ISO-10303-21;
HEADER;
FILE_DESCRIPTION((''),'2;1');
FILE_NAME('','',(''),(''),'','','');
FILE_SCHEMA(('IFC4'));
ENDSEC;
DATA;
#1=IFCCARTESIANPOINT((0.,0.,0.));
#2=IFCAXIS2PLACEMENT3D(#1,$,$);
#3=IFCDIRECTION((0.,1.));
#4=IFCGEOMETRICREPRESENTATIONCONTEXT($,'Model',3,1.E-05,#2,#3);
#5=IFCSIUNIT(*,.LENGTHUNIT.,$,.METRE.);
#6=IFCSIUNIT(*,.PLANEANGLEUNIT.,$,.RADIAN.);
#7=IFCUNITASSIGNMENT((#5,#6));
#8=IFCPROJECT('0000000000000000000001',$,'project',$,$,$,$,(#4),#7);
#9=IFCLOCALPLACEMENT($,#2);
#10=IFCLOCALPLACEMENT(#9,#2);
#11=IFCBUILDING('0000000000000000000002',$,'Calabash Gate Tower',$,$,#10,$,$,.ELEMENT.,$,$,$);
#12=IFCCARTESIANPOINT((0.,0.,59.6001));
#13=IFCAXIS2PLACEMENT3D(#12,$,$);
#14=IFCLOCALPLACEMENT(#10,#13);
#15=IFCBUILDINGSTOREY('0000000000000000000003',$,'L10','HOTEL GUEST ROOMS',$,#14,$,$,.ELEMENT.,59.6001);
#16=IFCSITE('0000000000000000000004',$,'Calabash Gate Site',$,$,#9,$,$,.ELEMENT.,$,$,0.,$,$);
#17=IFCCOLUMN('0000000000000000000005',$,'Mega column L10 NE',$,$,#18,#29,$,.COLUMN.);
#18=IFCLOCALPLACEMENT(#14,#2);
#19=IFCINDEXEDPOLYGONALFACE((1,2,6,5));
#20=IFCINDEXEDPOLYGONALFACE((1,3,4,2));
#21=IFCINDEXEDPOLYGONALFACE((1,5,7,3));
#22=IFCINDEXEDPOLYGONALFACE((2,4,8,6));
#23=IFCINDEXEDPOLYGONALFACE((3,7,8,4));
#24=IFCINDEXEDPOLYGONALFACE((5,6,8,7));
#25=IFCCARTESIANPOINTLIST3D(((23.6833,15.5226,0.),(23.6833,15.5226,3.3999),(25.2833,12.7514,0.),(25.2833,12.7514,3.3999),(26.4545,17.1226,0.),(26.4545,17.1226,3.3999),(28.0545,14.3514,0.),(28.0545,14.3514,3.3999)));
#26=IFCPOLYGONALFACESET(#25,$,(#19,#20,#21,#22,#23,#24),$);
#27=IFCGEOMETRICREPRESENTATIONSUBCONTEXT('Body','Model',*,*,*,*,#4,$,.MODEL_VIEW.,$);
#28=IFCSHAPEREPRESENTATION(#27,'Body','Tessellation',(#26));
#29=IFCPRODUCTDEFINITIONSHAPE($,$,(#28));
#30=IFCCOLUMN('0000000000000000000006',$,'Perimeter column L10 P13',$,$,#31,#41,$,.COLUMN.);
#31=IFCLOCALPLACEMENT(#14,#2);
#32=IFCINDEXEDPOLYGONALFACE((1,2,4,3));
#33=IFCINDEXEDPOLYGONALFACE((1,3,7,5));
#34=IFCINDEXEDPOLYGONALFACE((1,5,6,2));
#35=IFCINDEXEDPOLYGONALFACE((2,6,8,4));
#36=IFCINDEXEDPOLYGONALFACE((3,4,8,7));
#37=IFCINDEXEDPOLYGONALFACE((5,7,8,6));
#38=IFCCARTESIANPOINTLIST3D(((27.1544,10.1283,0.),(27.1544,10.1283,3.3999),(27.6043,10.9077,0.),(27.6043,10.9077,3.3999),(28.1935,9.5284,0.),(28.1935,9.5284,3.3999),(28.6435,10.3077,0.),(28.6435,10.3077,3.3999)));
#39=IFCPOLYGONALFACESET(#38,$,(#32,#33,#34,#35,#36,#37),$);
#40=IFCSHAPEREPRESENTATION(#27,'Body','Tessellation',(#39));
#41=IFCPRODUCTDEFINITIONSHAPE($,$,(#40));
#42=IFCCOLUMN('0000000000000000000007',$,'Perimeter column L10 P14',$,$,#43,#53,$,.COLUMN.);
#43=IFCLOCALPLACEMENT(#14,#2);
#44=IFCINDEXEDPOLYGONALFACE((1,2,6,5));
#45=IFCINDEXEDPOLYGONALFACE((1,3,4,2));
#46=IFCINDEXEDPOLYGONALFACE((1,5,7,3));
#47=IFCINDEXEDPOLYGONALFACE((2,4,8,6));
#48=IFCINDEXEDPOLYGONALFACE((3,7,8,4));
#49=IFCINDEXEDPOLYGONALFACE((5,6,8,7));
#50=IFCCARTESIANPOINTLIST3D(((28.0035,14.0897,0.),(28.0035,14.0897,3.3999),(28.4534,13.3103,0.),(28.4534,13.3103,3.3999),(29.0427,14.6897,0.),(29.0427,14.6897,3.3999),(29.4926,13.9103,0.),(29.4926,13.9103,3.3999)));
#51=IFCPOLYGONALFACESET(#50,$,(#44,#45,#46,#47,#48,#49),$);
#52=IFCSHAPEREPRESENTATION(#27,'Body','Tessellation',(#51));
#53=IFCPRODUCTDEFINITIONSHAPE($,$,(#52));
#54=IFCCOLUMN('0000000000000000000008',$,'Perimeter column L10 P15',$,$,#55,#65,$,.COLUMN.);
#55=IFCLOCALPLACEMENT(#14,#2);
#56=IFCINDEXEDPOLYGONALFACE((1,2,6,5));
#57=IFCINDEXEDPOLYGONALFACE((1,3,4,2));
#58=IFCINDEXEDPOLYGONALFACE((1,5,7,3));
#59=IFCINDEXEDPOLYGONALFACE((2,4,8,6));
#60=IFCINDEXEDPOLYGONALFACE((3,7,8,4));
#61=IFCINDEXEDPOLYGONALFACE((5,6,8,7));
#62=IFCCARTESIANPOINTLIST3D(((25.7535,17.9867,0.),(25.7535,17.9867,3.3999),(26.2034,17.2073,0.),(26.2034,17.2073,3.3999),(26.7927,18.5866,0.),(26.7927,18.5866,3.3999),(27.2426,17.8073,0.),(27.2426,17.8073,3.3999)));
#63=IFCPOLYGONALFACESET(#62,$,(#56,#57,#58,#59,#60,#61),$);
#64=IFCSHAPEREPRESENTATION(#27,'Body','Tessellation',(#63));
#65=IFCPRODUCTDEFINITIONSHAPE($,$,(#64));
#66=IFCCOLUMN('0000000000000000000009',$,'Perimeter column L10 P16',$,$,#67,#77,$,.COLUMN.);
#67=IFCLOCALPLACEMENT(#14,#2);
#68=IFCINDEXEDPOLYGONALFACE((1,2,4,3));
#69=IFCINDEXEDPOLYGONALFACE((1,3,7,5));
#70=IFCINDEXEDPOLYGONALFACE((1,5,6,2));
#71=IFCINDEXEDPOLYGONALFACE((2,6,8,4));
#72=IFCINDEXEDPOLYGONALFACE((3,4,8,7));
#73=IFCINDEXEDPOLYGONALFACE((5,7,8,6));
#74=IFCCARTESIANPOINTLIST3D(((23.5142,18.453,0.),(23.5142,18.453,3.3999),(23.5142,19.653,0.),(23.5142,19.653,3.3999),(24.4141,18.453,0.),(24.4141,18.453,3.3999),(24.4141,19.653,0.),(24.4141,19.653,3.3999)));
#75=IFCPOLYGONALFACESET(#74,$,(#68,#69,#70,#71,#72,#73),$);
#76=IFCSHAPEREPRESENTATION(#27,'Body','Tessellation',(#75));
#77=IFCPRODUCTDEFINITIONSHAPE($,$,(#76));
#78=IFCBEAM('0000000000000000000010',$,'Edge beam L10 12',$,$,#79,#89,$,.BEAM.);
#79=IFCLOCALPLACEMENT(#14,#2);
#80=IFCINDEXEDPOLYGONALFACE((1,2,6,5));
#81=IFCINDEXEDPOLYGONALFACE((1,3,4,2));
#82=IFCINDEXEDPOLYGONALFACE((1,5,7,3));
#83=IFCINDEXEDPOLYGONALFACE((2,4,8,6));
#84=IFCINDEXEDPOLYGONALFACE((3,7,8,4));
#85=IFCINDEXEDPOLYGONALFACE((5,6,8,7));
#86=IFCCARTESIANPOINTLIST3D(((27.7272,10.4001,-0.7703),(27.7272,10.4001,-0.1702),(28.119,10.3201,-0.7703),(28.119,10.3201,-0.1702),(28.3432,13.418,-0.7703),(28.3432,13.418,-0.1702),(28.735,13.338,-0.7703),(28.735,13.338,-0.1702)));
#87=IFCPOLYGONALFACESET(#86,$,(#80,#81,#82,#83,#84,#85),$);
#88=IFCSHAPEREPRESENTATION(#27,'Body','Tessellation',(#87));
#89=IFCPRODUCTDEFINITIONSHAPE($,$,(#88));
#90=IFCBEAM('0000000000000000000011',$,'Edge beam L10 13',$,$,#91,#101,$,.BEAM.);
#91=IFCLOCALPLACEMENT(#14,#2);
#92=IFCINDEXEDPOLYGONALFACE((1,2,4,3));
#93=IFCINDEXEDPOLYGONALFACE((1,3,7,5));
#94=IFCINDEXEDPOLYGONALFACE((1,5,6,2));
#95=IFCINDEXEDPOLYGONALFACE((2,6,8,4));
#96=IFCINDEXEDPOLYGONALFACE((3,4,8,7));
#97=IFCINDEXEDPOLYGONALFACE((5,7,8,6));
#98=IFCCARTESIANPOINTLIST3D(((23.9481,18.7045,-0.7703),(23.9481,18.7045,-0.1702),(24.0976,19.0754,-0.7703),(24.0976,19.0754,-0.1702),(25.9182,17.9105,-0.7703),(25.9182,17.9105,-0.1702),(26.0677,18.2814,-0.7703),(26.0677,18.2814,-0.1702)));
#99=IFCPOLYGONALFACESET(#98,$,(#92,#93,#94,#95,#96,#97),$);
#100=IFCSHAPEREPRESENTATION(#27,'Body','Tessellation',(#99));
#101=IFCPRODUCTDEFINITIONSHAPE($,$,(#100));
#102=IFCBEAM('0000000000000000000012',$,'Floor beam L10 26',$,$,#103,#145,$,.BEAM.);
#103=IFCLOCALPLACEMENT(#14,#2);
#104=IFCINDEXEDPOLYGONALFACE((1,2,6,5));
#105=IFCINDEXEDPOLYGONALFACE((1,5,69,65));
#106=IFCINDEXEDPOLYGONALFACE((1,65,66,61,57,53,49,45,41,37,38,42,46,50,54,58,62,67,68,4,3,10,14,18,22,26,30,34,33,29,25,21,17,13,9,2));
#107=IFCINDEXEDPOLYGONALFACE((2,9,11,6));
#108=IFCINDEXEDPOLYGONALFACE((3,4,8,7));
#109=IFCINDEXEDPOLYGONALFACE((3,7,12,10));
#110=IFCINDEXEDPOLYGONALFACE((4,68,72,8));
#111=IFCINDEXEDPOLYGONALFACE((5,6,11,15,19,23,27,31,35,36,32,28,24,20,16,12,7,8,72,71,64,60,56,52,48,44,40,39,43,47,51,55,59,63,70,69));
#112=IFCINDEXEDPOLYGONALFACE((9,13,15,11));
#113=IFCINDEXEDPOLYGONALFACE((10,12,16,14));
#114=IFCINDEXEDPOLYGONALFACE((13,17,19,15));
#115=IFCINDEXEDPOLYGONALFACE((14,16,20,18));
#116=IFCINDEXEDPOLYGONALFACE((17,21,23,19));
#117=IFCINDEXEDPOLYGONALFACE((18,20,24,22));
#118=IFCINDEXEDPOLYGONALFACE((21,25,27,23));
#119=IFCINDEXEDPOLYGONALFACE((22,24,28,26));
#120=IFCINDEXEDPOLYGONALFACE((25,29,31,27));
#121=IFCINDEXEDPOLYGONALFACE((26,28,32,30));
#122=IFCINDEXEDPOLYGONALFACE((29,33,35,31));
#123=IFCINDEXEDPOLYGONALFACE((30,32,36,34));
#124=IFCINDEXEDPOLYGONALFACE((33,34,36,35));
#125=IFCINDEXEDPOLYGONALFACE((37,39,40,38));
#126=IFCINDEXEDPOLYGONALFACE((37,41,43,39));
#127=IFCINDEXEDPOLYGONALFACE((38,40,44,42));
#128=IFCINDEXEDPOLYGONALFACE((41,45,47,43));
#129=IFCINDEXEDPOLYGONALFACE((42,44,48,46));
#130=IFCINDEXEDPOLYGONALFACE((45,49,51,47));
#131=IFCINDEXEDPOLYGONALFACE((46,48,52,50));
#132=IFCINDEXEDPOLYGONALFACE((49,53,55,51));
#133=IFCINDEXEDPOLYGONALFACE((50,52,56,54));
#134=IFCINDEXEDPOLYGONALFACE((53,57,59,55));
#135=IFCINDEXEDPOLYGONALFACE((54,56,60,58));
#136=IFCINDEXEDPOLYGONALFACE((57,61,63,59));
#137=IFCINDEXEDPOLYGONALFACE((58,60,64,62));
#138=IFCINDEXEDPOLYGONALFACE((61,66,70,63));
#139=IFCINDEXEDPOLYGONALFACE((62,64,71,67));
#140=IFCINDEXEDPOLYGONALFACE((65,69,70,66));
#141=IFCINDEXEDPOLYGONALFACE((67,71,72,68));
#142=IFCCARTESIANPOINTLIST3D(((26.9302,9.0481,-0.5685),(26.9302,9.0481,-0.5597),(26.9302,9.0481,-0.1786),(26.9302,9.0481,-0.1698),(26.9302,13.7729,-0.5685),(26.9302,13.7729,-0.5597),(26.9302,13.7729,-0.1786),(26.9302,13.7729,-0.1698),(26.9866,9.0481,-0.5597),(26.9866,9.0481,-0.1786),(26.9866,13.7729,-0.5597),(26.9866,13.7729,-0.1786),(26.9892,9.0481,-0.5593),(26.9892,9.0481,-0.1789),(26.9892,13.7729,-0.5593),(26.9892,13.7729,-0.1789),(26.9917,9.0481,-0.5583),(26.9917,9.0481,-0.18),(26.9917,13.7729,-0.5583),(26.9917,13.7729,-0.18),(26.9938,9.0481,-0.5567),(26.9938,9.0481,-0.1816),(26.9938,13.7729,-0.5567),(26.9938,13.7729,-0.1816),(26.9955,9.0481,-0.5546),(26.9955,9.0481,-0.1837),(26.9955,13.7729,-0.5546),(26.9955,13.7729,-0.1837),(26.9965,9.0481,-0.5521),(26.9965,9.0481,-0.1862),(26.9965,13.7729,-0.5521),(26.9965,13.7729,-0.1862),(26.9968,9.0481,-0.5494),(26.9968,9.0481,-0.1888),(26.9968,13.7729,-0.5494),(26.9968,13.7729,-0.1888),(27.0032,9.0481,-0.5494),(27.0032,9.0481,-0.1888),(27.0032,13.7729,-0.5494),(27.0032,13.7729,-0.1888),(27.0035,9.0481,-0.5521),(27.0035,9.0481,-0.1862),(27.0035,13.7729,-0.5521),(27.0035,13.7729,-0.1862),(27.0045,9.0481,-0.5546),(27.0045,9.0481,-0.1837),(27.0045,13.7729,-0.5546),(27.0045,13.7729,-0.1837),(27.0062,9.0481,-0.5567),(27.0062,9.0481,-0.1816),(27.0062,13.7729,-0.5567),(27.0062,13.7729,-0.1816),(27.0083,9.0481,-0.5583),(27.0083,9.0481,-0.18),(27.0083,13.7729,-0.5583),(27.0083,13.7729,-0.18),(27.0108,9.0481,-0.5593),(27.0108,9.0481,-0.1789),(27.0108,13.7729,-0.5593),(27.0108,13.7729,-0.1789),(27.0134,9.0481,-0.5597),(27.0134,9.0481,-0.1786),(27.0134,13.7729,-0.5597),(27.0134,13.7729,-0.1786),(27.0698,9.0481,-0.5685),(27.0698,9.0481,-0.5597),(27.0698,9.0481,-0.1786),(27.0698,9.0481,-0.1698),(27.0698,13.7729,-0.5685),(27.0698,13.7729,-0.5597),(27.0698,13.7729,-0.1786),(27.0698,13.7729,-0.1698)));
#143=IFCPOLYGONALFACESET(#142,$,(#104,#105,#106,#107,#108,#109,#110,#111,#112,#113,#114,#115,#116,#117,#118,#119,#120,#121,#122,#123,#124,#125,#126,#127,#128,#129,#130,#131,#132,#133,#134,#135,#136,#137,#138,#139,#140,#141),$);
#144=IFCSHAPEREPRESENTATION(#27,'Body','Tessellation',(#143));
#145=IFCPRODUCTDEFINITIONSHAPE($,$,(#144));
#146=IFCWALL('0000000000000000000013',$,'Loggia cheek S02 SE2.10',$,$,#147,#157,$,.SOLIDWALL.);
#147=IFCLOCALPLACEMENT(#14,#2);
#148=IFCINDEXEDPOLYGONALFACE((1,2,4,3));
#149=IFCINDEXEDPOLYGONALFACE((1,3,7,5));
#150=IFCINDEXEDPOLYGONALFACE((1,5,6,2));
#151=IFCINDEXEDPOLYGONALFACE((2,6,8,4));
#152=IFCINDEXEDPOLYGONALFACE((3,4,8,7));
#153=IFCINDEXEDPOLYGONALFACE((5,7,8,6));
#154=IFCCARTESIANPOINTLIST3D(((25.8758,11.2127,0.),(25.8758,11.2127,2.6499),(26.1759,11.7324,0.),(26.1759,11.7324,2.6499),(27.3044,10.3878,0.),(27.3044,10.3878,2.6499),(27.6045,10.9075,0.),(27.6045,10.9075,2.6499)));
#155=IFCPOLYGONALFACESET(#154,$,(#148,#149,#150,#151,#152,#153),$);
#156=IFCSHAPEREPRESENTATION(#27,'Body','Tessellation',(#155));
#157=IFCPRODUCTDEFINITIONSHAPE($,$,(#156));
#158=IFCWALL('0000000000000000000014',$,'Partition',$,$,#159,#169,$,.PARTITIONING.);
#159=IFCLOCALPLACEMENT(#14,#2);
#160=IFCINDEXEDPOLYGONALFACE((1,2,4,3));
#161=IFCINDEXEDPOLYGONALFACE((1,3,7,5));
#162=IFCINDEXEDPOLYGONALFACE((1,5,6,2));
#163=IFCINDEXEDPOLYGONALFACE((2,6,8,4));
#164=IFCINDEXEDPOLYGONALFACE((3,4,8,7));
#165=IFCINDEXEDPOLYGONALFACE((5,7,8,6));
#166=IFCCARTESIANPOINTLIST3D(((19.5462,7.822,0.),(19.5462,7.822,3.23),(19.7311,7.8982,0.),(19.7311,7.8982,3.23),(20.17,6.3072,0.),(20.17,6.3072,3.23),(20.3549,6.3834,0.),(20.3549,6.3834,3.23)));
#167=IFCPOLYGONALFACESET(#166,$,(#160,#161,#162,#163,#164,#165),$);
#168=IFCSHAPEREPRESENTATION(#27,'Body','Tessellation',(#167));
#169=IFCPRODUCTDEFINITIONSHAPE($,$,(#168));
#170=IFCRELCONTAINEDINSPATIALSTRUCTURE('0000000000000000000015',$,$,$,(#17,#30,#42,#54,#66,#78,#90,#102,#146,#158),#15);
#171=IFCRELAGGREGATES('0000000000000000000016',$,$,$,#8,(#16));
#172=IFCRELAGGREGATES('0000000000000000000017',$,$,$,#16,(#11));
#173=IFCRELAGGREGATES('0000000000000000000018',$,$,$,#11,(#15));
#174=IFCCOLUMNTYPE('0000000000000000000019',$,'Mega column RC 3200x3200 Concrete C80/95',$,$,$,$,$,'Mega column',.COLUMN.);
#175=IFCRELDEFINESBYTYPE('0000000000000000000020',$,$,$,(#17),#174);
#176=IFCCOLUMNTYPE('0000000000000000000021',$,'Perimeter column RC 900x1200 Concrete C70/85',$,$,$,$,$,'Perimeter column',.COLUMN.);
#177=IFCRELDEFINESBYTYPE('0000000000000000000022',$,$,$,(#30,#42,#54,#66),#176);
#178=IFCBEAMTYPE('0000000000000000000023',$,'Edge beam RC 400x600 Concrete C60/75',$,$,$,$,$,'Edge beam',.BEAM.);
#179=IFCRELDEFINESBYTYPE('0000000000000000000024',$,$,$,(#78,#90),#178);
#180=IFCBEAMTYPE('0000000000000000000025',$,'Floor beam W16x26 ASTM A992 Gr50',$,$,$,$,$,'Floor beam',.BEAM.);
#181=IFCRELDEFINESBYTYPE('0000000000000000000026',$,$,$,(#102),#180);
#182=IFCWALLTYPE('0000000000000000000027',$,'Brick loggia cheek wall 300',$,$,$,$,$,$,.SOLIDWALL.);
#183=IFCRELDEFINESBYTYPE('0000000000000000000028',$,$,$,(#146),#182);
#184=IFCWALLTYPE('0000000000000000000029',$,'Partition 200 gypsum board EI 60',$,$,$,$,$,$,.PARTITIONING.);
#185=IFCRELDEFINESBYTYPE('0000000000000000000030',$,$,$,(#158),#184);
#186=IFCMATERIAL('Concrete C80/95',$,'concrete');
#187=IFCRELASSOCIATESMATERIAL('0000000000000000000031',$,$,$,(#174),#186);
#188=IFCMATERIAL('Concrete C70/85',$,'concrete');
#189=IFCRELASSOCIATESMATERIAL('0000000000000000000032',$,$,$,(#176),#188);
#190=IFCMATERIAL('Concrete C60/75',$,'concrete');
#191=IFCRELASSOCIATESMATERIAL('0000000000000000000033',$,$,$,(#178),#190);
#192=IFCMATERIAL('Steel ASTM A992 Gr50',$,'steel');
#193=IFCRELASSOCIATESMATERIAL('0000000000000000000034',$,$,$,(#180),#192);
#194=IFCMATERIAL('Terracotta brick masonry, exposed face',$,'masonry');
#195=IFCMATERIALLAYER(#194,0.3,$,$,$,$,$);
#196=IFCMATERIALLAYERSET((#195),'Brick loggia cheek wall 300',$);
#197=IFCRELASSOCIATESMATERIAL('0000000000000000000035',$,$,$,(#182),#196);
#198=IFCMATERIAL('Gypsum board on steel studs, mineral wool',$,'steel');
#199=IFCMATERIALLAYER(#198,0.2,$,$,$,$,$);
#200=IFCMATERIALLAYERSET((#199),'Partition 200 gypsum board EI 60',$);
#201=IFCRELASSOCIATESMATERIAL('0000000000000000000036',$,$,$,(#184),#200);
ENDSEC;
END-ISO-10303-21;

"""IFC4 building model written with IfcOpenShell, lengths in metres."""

from ifc_helpers import new_model, si_unit, direction, frame, frame_2d, origin, origin_2d, place, context, subcontext, project, spatial, rectangle, i_section, extrude, material, layer, layer_set, material_profile, profile_set, type_object, element, save


model = new_model("IFC4")

# Units and contexts
model_context = context("Model", 3, precision=1e-05, world=origin(), true_north=direction((0.0, 1.0)))
body_context = subcontext(model_context, "Body", "Model", "MODEL_VIEW")
ifc_project = project(units=[si_unit("LENGTHUNIT", "METRE"), si_unit("PLANEANGLEUNIT", "RADIAN")], contexts=[model_context])

# Site, building, storey
site_placement = place(None, origin())
site = spatial("IfcSite", under=ifc_project, at=site_placement, Name="Calabash Gate Site", CompositionType="ELEMENT", RefElevation=0.0)
building_placement = place(site_placement, origin())
building = spatial("IfcBuilding", under=site, at=building_placement, Name="Calabash Gate Tower", CompositionType="ELEMENT")
storey_placement = place(building_placement, frame((0.0, 0.0, 59.6001)))
storey = spatial("IfcBuildingStorey", under=building, at=storey_placement, Name="L10", Description="HOTEL GUEST ROOMS", CompositionType="ELEMENT", Elevation=59.6001)

# Columns
ifc_material_1 = material(Name="Concrete C80/95", Category="concrete")
ifc_material_profile_1 = material_profile(ifc_material_1, rectangle(XDim=3.2, YDim=3.2, at=origin_2d()))
ifc_profile_set_1 = profile_set([ifc_material_profile_1], Name="Concrete C80/95")
column_type_1 = type_object("IfcColumnType", Name="Mega column RC 3200x3200 Concrete C80/95", ElementType="Mega column", PredefinedType="COLUMN", material=ifc_profile_set_1)
column_placement = place(storey_placement, frame((25.8689, 14.937, 0.0), z_axis=(0.0, 0.0, 1.0), x_axis=(-0.866025, -0.5, 0.0)))
element("IfcColumn", 1, at=column_placement, inside=storey, type_object=column_type_1, Name="Mega column L10 NE", PredefinedType="COLUMN", context=body_context, shape_type="SweptSolid", body=[
    extrude(rectangle(XDim=3.2, YDim=3.2, at=origin_2d()), origin(), (0.0, 0.0, 1.0), 3.3999),
])
ifc_material_2 = material(Name="Concrete C70/85", Category="concrete")
ifc_material_profile_2 = material_profile(ifc_material_2, rectangle(XDim=0.8999, YDim=1.2, at=origin_2d()))
ifc_profile_set_2 = profile_set([ifc_material_profile_2], Name="Concrete C70/85")
column_type_2 = type_object("IfcColumnType", Name="Perimeter column RC 900x1200 Concrete C70/85", ElementType="Perimeter column", PredefinedType="COLUMN", material=ifc_profile_set_2)
for number, where, z_axis, x_axis, name in (
    (2, (27.8989, 10.218, 0.0), (0.0, 0.0, 1.0), (0.5, 0.866025, 0.0), "Perimeter column L10 P13"),
    (3, (28.748, 14.0, 0.0), (0.0, 0.0, 1.0), (-0.5, 0.866025, 0.0), "Perimeter column L10 P14"),
    (4, (26.498, 17.897, 0.0), (0.0, 0.0, 1.0), (-0.5, 0.866025, 0.0), "Perimeter column L10 P15"),
    (5, (23.9641, 19.053, 0.0), (0.0, 0.0, 1.0), (-1.0, 0.0, 0.0), "Perimeter column L10 P16"),
):
    element("IfcColumn", number, at=place(storey_placement, frame(where, z_axis=z_axis, x_axis=x_axis)), inside=storey, type_object=column_type_2, Name=name, PredefinedType="COLUMN", context=body_context, shape_type="SweptSolid", body=[
        extrude(rectangle(XDim=0.8999, YDim=1.2, at=origin_2d()), origin(), (0.0, 0.0, 1.0), 3.3999),
    ])

# Beams
ifc_material_3 = material(Name="Concrete C60/75", Category="concrete")
ifc_material_profile_3 = material_profile(ifc_material_3, rectangle(XDim=0.3999, YDim=0.6001, at=origin_2d()))
ifc_profile_set_3 = profile_set([ifc_material_profile_3], Name="Concrete C60/75")
beam_type_1 = type_object("IfcBeamType", Name="Edge beam RC 400x600 Concrete C60/75", ElementType="Edge beam", PredefinedType="BEAM", material=ifc_profile_set_3)
beam_1_placement = place(storey_placement, frame((27.9231, 10.3601, -0.4702), z_axis=(0.199986, 0.979799, 0.0), x_axis=(-0.979799, 0.199986, 0.0)))
element("IfcBeam", 6, at=beam_1_placement, inside=storey, type_object=beam_type_1, Name="Edge beam L10 12", PredefinedType="BEAM", context=body_context, shape_type="SweptSolid", body=[
    extrude(rectangle(XDim=0.3999, YDim=0.6001, at=origin_2d()), origin(), (0.0, 0.0, 1.0), 3.0801),
])
beam_2_placement = place(storey_placement, frame((25.9929, 18.0959, -0.4702), z_axis=(-0.927506, 0.373807, 0.0), x_axis=(-0.373807, -0.927506, 0.0)))
element("IfcBeam", 7, at=beam_2_placement, inside=storey, type_object=beam_type_1, Name="Edge beam L10 13", PredefinedType="BEAM", context=body_context, shape_type="SweptSolid", body=[
    extrude(rectangle(XDim=0.3999, YDim=0.6001, at=origin_2d()), origin(), (0.0, 0.0, 1.0), 2.124),
])
ifc_material_4 = material(Name="Steel ASTM A992 Gr50", Category="steel")
ifc_material_profile_4 = material_profile(ifc_material_4, i_section(OverallWidth=0.1396, OverallDepth=0.3987, WebThickness=0.0063, FlangeThickness=0.0088, FilletRadius=0.0103, at=origin_2d()))
ifc_profile_set_4 = profile_set([ifc_material_profile_4], Name="Steel ASTM A992 Gr50")
beam_type_2 = type_object("IfcBeamType", Name="Floor beam W16x26 ASTM A992 Gr50", ElementType="Floor beam", PredefinedType="BEAM", material=ifc_profile_set_4)
beam_3_placement = place(storey_placement, frame((27.0, 9.0481, -0.3691), z_axis=(0.0, 1.0, 0.0), x_axis=(-1.0, 0.0, 0.0)))
element("IfcBeam", 8, at=beam_3_placement, inside=storey, type_object=beam_type_2, Name="Floor beam L10 26", PredefinedType="BEAM", context=body_context, shape_type="SweptSolid", body=[
    extrude(i_section(OverallWidth=0.1396, OverallDepth=0.3987, WebThickness=0.0063, FlangeThickness=0.0088, FilletRadius=0.0103, at=origin_2d()), origin(), (0.0, 0.0, 1.0), 4.7249),
])

# Walls
ifc_material_5 = material(Name="Terracotta brick masonry, exposed face", Category="masonry")
ifc_layer_1 = layer(ifc_material_5, 0.3)
ifc_layer_set_1 = layer_set([ifc_layer_1], Name="Brick loggia cheek wall 300")
wall_type_1 = type_object("IfcWallType", Name="Brick loggia cheek wall 300", PredefinedType="SOLIDWALL", material=ifc_layer_set_1)
wall_1_placement = place(storey_placement, frame((27.4543, 10.6477, 0.0), z_axis=(0.0, 0.0, 1.0), x_axis=(-0.866003, 0.500038, 0.0)))
element("IfcWall", 9, at=wall_1_placement, inside=storey, type_object=wall_type_1, Name="Loggia cheek S02 SE2.10", PredefinedType="SOLIDWALL", context=body_context, shape_type="SweptSolid", body=[
    extrude(rectangle(XDim=1.6497, YDim=0.6001, at=frame_2d((0.8247, 0.0))), origin(), (0.0, 0.0, 1.0), 2.6499),
])
ifc_material_6 = material(Name="Gypsum board on steel studs, mineral wool", Category="steel")
ifc_layer_2 = layer(ifc_material_6, 0.2)
ifc_layer_set_2 = layer_set([ifc_layer_2], Name="Partition 200 gypsum board EI 60")
wall_type_2 = type_object("IfcWallType", Name="Partition 200 gypsum board EI 60", PredefinedType="PARTITIONING", material=ifc_layer_set_2)
wall_2_placement = place(storey_placement, frame((19.6387, 7.8601, 0.0), z_axis=(0.0, 0.0, 1.0), x_axis=(0.38075, -0.924678, 0.0)))
element("IfcWall", 10, at=wall_2_placement, inside=storey, type_object=wall_type_2, Name="Partition", PredefinedType="PARTITIONING", context=body_context, shape_type="SweptSolid", body=[
    extrude(rectangle(XDim=1.6382, YDim=0.2, at=frame_2d((0.8191, 0.0))), origin(), (0.0, 0.0, 1.0), 3.23),
])

save(model, "model.ifc")
